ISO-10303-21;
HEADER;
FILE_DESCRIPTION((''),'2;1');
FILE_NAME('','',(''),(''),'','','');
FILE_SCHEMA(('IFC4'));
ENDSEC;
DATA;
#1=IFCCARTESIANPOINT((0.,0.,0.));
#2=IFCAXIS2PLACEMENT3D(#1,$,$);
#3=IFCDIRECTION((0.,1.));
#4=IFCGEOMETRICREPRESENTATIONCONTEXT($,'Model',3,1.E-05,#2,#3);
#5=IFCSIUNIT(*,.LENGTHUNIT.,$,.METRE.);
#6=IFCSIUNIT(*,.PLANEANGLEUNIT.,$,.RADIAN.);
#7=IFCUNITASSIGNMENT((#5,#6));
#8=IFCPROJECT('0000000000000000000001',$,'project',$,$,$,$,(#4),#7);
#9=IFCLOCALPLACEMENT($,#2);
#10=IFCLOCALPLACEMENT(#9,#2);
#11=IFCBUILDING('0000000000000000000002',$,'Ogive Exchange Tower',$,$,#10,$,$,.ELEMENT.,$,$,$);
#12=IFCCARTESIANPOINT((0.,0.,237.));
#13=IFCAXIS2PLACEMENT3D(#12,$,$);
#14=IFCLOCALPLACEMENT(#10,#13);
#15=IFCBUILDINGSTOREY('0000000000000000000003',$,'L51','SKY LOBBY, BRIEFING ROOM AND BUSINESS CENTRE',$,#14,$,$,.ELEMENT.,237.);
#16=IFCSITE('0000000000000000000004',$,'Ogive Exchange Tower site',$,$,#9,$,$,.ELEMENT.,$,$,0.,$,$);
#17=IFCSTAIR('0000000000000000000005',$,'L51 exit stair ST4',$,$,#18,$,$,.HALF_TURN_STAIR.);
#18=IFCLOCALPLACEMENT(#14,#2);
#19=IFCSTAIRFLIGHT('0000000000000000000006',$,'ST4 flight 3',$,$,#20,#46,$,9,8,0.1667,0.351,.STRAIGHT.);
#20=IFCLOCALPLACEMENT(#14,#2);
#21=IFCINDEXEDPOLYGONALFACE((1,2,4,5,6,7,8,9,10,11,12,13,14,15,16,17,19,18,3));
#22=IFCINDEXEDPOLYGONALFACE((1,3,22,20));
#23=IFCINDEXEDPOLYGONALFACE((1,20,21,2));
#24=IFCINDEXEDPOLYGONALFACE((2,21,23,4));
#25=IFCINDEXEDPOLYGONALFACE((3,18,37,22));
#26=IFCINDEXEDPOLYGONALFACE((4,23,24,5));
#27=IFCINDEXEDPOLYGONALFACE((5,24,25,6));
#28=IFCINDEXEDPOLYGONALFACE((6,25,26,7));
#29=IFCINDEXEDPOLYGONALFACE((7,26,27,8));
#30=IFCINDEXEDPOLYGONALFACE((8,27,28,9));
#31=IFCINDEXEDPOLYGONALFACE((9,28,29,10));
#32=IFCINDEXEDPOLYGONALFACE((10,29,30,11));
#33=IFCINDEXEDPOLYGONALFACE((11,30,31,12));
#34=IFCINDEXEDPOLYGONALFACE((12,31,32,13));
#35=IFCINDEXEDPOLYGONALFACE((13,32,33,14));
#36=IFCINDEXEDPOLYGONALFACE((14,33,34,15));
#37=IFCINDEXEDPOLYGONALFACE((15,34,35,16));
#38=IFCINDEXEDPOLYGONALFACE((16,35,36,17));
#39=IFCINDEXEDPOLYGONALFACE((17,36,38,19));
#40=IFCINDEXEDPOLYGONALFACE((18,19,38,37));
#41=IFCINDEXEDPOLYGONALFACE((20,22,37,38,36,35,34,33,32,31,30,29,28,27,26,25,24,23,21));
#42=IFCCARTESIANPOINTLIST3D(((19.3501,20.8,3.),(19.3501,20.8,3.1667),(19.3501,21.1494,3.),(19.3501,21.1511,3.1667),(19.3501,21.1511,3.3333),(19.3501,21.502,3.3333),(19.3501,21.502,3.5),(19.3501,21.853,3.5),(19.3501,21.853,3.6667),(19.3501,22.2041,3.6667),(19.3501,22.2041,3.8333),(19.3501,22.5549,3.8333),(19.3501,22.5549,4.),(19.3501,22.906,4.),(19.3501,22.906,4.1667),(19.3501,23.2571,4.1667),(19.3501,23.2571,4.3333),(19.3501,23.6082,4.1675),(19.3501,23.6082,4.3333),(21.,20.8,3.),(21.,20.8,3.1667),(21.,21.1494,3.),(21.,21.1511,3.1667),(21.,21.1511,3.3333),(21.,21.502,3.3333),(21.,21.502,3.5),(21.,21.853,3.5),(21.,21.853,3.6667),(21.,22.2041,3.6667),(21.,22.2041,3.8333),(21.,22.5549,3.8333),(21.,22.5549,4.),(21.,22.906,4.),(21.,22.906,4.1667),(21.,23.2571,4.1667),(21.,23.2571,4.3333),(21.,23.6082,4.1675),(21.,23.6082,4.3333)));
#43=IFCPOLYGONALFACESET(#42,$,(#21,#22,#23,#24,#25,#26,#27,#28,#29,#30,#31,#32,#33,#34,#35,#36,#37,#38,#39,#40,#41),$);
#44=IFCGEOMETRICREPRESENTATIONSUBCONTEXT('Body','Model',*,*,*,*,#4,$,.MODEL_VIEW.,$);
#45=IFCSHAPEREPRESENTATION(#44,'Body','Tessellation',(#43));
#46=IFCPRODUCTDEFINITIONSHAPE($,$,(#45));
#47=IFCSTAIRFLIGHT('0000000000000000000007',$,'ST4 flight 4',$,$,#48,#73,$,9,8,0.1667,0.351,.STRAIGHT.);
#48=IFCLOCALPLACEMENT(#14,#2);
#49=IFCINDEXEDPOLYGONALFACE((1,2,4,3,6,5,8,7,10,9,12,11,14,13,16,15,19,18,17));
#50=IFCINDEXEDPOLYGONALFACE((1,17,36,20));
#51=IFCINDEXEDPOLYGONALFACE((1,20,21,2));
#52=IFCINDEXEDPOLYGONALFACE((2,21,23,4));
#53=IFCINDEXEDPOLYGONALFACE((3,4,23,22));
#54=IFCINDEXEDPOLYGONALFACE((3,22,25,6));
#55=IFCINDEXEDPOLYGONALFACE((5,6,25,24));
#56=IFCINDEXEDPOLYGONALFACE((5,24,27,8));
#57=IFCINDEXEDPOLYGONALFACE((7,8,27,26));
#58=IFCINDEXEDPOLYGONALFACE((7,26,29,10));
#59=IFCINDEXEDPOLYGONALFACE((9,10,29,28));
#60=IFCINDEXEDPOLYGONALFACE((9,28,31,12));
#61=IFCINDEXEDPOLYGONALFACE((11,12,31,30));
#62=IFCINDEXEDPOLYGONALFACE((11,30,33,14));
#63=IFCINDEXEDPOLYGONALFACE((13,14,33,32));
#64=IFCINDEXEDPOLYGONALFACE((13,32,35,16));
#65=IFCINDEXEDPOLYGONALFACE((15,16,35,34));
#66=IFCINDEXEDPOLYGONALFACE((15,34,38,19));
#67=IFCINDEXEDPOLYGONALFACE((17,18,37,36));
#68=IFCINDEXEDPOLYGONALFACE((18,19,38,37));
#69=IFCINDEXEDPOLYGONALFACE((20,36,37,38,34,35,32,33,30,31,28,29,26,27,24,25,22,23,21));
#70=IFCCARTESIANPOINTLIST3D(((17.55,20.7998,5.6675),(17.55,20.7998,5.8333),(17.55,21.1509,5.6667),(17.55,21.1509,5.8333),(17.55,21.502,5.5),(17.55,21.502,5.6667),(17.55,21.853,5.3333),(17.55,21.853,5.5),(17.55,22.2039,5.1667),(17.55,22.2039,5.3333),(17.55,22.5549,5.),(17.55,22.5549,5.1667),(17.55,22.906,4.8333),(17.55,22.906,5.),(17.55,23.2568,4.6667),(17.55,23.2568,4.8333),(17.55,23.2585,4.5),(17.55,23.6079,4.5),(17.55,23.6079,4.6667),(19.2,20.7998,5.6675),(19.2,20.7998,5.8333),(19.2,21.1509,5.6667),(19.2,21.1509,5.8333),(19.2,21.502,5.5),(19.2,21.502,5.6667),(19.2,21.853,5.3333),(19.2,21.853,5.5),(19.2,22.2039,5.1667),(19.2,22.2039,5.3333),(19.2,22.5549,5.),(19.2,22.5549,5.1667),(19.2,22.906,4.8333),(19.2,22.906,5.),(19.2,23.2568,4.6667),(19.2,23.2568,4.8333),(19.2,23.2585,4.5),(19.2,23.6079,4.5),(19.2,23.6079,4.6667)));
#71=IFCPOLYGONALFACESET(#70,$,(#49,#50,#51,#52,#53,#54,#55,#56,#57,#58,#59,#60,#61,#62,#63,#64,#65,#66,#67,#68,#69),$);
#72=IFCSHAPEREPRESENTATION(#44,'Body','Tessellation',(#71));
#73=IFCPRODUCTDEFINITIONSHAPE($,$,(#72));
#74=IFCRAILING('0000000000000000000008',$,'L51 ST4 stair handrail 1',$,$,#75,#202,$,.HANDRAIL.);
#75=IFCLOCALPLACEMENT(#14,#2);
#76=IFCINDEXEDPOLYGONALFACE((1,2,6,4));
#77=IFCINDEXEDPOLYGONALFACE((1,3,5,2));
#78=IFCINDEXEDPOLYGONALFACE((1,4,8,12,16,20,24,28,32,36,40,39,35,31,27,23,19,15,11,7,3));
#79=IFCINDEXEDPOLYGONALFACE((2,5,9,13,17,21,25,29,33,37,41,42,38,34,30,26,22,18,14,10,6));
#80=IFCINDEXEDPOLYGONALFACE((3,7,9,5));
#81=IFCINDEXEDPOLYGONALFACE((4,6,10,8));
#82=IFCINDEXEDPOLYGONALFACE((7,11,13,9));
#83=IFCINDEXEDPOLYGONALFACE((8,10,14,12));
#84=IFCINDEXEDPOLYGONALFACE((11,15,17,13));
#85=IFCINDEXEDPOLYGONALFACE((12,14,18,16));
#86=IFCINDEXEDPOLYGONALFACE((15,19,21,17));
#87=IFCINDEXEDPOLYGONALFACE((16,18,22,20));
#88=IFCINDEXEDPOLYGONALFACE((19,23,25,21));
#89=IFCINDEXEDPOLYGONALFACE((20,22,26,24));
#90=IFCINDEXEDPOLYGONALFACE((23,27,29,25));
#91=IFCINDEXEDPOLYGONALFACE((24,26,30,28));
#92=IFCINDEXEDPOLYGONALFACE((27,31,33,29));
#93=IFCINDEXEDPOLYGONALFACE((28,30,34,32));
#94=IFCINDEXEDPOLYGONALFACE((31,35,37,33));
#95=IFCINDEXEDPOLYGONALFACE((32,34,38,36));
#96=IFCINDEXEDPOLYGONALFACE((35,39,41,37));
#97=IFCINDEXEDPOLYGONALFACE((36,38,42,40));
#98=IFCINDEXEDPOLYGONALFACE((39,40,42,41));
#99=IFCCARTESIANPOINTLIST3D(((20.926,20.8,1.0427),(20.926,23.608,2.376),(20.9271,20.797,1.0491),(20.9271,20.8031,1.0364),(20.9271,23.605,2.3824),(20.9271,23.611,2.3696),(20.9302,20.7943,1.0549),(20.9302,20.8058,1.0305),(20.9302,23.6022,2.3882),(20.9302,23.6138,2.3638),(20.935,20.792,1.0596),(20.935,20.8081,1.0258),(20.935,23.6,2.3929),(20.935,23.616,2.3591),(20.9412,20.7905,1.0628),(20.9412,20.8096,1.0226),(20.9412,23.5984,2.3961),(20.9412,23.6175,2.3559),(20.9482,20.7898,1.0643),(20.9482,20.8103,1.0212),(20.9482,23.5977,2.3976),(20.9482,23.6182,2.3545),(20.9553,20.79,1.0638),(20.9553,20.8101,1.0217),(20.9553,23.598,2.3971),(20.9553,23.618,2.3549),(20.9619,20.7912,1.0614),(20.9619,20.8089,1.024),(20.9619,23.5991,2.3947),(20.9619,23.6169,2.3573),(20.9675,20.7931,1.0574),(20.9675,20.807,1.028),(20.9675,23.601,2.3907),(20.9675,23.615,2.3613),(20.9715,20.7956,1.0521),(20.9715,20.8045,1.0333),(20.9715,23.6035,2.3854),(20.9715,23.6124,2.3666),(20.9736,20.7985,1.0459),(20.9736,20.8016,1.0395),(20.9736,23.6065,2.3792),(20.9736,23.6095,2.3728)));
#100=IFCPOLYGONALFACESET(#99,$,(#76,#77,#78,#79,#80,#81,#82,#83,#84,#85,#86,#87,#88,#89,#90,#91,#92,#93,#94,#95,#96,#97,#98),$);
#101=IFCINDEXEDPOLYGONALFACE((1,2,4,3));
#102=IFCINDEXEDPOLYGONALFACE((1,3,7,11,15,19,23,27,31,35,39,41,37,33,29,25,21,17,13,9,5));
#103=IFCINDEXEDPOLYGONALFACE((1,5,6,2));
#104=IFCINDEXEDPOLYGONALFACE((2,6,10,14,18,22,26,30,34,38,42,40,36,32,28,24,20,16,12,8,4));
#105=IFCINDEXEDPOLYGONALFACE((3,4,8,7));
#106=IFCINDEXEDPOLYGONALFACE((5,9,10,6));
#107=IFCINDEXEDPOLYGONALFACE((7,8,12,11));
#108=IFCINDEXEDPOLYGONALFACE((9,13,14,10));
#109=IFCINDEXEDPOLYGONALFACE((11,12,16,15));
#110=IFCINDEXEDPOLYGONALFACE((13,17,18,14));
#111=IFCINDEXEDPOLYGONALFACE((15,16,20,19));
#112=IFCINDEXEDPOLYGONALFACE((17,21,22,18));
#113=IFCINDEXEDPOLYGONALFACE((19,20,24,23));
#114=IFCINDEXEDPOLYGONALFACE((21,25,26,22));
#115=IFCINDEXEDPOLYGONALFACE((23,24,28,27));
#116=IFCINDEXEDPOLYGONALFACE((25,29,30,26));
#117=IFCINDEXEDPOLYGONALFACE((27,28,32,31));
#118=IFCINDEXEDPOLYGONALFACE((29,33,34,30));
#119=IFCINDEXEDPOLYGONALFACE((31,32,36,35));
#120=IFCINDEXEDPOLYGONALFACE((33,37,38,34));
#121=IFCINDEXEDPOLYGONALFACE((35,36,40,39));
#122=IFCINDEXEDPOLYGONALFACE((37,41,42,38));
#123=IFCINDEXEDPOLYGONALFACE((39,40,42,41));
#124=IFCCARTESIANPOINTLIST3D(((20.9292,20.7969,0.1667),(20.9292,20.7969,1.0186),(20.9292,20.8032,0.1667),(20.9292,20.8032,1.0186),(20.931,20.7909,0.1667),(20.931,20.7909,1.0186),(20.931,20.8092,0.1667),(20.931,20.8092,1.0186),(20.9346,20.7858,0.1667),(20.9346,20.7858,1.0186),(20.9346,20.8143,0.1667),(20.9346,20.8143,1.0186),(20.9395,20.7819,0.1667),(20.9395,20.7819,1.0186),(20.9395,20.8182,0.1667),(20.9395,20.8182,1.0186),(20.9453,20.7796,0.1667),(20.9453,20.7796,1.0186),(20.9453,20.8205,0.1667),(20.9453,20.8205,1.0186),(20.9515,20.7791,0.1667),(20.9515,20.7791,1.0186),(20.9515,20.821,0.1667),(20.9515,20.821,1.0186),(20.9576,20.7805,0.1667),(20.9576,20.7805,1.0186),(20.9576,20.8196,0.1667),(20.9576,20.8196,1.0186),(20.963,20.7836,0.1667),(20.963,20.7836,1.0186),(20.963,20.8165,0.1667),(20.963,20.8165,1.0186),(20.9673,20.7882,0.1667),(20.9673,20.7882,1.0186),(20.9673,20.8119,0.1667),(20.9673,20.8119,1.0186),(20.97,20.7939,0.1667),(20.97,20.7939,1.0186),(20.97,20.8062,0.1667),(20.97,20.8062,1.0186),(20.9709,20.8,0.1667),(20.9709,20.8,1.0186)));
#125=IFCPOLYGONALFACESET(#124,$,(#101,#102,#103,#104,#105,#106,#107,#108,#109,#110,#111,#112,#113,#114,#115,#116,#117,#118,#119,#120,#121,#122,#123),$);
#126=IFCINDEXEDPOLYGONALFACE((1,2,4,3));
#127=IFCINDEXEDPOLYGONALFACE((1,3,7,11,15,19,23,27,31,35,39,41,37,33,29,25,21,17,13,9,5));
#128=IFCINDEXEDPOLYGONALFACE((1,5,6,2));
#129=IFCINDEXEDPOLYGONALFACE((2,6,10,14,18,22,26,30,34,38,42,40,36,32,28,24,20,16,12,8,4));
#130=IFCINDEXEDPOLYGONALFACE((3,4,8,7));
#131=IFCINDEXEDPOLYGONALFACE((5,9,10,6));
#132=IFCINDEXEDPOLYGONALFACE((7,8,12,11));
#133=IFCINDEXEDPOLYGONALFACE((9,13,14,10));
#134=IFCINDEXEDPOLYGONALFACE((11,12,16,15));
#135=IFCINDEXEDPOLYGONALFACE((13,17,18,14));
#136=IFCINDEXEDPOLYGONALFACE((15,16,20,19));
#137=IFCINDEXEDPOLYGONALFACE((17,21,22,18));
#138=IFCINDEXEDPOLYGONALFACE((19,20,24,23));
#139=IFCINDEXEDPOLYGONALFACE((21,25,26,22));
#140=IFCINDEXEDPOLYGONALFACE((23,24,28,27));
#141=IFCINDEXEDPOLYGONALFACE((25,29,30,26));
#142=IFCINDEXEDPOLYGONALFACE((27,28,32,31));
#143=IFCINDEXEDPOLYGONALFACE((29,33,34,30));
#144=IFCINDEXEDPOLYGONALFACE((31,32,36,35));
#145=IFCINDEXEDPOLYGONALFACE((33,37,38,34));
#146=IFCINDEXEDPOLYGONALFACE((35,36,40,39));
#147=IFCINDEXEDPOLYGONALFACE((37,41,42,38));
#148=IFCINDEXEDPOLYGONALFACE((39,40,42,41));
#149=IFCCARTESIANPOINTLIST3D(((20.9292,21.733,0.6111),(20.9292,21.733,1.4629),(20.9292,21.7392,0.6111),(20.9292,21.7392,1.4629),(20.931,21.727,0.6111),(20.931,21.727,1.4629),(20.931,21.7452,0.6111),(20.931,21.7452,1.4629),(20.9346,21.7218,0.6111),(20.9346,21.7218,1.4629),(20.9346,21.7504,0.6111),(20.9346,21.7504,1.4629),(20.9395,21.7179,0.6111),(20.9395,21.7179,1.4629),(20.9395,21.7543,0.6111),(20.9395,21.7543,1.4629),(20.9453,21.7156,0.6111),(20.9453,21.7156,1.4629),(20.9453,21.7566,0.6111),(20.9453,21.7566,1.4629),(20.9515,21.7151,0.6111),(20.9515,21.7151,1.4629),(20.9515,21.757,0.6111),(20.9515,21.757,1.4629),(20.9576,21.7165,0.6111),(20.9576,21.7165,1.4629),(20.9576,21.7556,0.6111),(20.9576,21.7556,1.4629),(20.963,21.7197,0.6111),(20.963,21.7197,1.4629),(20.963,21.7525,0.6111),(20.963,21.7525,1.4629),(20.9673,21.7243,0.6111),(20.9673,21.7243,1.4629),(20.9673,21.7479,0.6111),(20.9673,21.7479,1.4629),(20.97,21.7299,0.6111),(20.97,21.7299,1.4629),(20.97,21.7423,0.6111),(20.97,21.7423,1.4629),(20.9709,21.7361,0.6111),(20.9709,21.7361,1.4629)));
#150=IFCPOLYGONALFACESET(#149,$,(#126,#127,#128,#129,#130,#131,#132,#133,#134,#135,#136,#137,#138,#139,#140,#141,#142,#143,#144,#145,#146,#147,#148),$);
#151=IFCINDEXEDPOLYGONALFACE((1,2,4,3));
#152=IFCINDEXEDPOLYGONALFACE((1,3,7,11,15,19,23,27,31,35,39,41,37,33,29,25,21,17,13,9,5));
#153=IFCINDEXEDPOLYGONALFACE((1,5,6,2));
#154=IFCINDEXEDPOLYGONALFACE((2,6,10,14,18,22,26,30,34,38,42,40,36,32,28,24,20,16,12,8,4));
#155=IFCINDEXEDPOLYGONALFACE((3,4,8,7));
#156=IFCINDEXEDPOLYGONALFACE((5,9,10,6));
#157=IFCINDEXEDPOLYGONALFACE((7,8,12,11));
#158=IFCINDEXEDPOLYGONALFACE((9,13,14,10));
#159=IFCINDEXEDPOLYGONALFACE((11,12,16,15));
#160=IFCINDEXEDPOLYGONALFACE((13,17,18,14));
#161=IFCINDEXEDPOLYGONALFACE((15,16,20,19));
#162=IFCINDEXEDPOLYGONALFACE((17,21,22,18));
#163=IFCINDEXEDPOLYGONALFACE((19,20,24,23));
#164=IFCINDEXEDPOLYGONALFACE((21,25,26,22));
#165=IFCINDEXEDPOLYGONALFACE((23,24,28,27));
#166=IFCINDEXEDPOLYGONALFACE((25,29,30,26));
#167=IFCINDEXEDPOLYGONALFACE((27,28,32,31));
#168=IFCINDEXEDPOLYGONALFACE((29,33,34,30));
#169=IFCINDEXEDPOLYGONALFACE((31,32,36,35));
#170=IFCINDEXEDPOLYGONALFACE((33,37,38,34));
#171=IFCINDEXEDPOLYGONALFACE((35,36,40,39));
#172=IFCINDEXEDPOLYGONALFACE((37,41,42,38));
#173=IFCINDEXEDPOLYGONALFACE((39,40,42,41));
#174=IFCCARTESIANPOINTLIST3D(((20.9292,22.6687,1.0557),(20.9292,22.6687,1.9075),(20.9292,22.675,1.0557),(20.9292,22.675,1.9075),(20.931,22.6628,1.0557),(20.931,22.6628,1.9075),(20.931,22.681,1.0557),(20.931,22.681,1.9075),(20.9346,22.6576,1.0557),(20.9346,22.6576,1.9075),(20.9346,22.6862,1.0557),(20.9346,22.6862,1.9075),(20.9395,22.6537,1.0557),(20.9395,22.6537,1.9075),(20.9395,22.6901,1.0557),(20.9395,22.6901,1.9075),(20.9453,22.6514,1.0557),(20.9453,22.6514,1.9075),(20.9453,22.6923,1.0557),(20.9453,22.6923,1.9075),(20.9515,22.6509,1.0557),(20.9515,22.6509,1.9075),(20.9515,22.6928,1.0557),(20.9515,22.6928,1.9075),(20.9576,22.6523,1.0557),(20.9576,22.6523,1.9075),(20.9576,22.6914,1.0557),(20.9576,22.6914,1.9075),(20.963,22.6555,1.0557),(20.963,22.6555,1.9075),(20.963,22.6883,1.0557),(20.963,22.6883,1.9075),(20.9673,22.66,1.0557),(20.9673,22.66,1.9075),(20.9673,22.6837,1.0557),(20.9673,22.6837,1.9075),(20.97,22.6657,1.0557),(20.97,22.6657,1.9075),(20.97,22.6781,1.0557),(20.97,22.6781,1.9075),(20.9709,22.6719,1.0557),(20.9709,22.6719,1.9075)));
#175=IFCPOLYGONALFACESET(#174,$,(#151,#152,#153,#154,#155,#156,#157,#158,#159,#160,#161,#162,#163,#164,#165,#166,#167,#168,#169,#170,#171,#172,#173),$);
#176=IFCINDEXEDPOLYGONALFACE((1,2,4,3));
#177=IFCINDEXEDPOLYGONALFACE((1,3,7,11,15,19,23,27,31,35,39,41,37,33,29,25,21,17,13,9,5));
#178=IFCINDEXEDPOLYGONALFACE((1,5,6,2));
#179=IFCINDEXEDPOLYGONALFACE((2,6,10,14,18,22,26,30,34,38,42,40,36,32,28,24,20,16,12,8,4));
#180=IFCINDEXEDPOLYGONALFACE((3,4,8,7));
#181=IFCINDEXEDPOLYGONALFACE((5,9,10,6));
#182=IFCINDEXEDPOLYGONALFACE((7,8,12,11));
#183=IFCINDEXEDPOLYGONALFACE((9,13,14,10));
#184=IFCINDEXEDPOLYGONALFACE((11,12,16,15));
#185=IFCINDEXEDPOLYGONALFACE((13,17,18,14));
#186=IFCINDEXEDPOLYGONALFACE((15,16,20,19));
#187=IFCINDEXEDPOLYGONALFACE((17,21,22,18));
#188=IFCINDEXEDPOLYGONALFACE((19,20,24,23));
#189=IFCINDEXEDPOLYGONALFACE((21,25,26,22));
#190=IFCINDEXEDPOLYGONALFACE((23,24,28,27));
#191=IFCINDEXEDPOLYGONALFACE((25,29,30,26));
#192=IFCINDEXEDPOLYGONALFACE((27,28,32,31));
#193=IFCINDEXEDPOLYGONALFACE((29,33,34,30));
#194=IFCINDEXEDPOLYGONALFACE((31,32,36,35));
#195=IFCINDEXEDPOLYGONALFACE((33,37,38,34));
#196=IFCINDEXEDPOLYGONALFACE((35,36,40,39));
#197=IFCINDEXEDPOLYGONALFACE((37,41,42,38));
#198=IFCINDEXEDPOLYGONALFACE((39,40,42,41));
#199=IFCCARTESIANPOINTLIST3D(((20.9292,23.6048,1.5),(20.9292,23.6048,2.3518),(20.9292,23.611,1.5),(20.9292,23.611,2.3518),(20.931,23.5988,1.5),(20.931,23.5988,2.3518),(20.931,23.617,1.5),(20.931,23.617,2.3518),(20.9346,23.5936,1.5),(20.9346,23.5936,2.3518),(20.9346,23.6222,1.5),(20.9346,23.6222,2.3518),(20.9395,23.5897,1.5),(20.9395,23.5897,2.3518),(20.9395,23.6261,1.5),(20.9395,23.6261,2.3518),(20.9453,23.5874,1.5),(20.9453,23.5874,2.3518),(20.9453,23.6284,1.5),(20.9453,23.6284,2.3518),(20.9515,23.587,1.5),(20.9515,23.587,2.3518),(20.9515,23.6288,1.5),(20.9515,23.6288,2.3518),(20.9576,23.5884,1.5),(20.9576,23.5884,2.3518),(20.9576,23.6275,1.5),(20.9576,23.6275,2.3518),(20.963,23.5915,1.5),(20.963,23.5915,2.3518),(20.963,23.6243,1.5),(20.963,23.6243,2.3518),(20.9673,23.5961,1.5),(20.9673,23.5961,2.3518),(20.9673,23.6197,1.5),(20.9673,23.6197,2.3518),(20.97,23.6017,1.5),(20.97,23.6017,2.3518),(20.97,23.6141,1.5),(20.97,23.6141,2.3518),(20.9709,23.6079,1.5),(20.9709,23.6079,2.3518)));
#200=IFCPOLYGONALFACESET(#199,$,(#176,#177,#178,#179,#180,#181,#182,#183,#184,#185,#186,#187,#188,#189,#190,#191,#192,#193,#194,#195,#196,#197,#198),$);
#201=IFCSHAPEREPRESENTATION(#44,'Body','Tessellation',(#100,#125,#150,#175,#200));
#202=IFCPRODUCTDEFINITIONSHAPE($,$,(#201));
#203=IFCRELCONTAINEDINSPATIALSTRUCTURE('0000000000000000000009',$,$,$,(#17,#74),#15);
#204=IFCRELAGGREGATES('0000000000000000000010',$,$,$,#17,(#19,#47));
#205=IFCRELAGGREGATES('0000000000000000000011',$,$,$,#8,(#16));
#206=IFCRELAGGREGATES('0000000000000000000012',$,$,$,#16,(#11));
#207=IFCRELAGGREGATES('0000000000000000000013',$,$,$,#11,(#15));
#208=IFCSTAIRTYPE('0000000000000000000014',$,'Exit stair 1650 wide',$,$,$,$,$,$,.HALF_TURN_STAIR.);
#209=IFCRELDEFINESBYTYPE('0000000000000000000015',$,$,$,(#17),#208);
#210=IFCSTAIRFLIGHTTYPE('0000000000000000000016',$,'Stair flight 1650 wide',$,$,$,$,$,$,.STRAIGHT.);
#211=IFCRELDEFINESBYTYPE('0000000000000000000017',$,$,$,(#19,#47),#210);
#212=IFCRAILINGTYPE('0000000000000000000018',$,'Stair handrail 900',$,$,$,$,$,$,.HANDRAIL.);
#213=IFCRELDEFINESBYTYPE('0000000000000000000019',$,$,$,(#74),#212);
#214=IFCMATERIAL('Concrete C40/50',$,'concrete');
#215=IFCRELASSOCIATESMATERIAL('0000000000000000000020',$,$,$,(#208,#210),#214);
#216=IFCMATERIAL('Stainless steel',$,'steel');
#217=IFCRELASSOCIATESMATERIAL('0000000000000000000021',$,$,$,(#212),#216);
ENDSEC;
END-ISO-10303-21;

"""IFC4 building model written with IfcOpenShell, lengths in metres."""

from ifc_helpers import new_model, si_unit, direction, frame, origin, origin_2d, place, context, subcontext, project, spatial, polyline, circle, outline, extrude, material, type_object, element, aggregate, save


model = new_model("IFC4")

# Units and contexts
model_context = context("Model", 3, precision=1e-05, world=origin(), true_north=direction((0.0, 1.0)))
body_context = subcontext(model_context, "Body", "Model", "MODEL_VIEW")
ifc_project = project(units=[si_unit("LENGTHUNIT", "METRE"), si_unit("PLANEANGLEUNIT", "RADIAN")], contexts=[model_context])

# Site, building, storey
site_placement = place(None, origin())
site = spatial("IfcSite", under=ifc_project, at=site_placement, Name="Ogive Exchange Tower site", CompositionType="ELEMENT", RefElevation=0.0)
building_placement = place(site_placement, origin())
building = spatial("IfcBuilding", under=site, at=building_placement, Name="Ogive Exchange Tower", CompositionType="ELEMENT")
storey_placement = place(building_placement, frame((0.0, 0.0, 237.0)))
storey = spatial("IfcBuildingStorey", under=building, at=storey_placement, Name="L51", Description="SKY LOBBY, BRIEFING ROOM AND BUSINESS CENTRE", CompositionType="ELEMENT", Elevation=237.0)

# Stair, stair flights
ifc_material_1 = material(Name="Concrete C40/50", Category="concrete")
stair_type = type_object("IfcStairType", Name="Exit stair 1650 wide", PredefinedType="HALF_TURN_STAIR", material=ifc_material_1)
stair_placement = place(storey_placement, origin())
stair = element("IfcStair", 1, at=stair_placement, inside=storey, type_object=stair_type, Name="L51 exit stair ST4", PredefinedType="HALF_TURN_STAIR")
stair_flight_type = type_object("IfcStairFlightType", Name="Stair flight 1650 wide", PredefinedType="STRAIGHT", material=ifc_material_1)
stair_flight_1_placement = place(storey_placement, frame((20.175, 20.8, 3.0), z_axis=(0.0, 0.0, 1.0), x_axis=(0.0, 1.0, 0.0)))
stair_flight_1 = element("IfcStairFlight", 2, at=stair_flight_1_placement, type_object=stair_flight_type, Name="ST4 flight 3", NumberOfRisers=9, NumberOfTreads=8, PredefinedType="STRAIGHT", RiserHeight=0.1667, TreadLength=0.351, context=body_context, shape_type="SweptSolid", body=[
    extrude(outline(polyline([(0.0, 0.0), (0.0, 0.1667), (0.3511, 0.1667), (0.3511, 0.3333), (0.7019, 0.3333), (0.7019, 0.5), (1.053, 0.5), (1.053, 0.6667), (1.4041, 0.6667), (1.4041, 0.8333), (1.7549, 0.8333), (1.7549, 1.0), (2.106, 1.0), (2.106, 1.1667), (2.457, 1.1667), (2.457, 1.3333), (2.8081, 1.3333), (2.8081, 1.5), (2.8081, 1.1675), (0.3494, 0.0), (0.0, 0.0)])), frame((0.0, 0.825, 0.0), z_axis=(0.0, -1.0, 0.0), x_axis=(1.0, 0.0, 0.0)), (0.0, 0.0, 1.0), 1.6499),
])
stair_flight_2_placement = place(storey_placement, frame((18.375, 23.6079, 4.5), z_axis=(0.0, 0.0, 1.0), x_axis=(0.0, -1.0, 0.0)))
stair_flight_2 = element("IfcStairFlight", 3, at=stair_flight_2_placement, type_object=stair_flight_type, Name="ST4 flight 4", NumberOfRisers=9, NumberOfTreads=8, PredefinedType="STRAIGHT", RiserHeight=0.1667, TreadLength=0.351, context=body_context, shape_type="SweptSolid", body=[
    extrude(outline(polyline([(0.0, 0.0), (0.0, 0.1667), (0.3511, 0.1667), (0.3511, 0.3333), (0.7019, 0.3333), (0.7019, 0.5), (1.053, 0.5), (1.053, 0.6667), (1.4041, 0.6667), (1.4041, 0.8333), (1.7549, 0.8333), (1.7549, 1.0), (2.106, 1.0), (2.106, 1.1667), (2.457, 1.1667), (2.457, 1.3333), (2.8081, 1.3333), (2.8081, 1.5), (2.8081, 1.1675), (0.3494, 0.0), (0.0, 0.0)])), frame((0.0, 0.825, 0.0), z_axis=(0.0, -1.0, 0.0), x_axis=(1.0, 0.0, 0.0)), (0.0, 0.0, 1.0), 1.6499),
])
aggregate(stair, [stair_flight_1, stair_flight_2])

# Railing
ifc_material_2 = material(Name="Stainless steel", Category="steel")
railing_type = type_object("IfcRailingType", Name="Stair handrail 900", PredefinedType="HANDRAIL", material=ifc_material_2)
railing_1_placement = place(storey_placement, frame((20.95, 20.8, 0.1667)))
element("IfcRailing", 4, at=railing_1_placement, inside=storey, type_object=railing_type, Name="L51 ST4 stair handrail 1", PredefinedType="HANDRAIL", context=body_context, shape_type="SweptSolid", body=[
    extrude(circle(Radius=0.0239, at=origin_2d()), frame((0.0, 0.0, 0.876), z_axis=(0.0, 0.903338, 0.42893), x_axis=(-1.0, 0.0, 0.0)), (0.0, 0.0, 1.0), 3.1084),
    extrude(circle(Radius=0.021, at=origin_2d()), origin(), (0.0, 0.0, 1.0), 0.8518),
    extrude(circle(Radius=0.021, at=origin_2d()), frame((0.0, 0.936, 0.4443)), (0.0, 0.0, 1.0), 0.8518),
    extrude(circle(Radius=0.021, at=origin_2d()), frame((0.0, 1.8718, 0.8889)), (0.0, 0.0, 1.0), 0.8518),
    extrude(circle(Radius=0.021, at=origin_2d()), frame((0.0, 2.8079, 1.3333)), (0.0, 0.0, 1.0), 0.8518),
])

save(model, "model.ifc")
